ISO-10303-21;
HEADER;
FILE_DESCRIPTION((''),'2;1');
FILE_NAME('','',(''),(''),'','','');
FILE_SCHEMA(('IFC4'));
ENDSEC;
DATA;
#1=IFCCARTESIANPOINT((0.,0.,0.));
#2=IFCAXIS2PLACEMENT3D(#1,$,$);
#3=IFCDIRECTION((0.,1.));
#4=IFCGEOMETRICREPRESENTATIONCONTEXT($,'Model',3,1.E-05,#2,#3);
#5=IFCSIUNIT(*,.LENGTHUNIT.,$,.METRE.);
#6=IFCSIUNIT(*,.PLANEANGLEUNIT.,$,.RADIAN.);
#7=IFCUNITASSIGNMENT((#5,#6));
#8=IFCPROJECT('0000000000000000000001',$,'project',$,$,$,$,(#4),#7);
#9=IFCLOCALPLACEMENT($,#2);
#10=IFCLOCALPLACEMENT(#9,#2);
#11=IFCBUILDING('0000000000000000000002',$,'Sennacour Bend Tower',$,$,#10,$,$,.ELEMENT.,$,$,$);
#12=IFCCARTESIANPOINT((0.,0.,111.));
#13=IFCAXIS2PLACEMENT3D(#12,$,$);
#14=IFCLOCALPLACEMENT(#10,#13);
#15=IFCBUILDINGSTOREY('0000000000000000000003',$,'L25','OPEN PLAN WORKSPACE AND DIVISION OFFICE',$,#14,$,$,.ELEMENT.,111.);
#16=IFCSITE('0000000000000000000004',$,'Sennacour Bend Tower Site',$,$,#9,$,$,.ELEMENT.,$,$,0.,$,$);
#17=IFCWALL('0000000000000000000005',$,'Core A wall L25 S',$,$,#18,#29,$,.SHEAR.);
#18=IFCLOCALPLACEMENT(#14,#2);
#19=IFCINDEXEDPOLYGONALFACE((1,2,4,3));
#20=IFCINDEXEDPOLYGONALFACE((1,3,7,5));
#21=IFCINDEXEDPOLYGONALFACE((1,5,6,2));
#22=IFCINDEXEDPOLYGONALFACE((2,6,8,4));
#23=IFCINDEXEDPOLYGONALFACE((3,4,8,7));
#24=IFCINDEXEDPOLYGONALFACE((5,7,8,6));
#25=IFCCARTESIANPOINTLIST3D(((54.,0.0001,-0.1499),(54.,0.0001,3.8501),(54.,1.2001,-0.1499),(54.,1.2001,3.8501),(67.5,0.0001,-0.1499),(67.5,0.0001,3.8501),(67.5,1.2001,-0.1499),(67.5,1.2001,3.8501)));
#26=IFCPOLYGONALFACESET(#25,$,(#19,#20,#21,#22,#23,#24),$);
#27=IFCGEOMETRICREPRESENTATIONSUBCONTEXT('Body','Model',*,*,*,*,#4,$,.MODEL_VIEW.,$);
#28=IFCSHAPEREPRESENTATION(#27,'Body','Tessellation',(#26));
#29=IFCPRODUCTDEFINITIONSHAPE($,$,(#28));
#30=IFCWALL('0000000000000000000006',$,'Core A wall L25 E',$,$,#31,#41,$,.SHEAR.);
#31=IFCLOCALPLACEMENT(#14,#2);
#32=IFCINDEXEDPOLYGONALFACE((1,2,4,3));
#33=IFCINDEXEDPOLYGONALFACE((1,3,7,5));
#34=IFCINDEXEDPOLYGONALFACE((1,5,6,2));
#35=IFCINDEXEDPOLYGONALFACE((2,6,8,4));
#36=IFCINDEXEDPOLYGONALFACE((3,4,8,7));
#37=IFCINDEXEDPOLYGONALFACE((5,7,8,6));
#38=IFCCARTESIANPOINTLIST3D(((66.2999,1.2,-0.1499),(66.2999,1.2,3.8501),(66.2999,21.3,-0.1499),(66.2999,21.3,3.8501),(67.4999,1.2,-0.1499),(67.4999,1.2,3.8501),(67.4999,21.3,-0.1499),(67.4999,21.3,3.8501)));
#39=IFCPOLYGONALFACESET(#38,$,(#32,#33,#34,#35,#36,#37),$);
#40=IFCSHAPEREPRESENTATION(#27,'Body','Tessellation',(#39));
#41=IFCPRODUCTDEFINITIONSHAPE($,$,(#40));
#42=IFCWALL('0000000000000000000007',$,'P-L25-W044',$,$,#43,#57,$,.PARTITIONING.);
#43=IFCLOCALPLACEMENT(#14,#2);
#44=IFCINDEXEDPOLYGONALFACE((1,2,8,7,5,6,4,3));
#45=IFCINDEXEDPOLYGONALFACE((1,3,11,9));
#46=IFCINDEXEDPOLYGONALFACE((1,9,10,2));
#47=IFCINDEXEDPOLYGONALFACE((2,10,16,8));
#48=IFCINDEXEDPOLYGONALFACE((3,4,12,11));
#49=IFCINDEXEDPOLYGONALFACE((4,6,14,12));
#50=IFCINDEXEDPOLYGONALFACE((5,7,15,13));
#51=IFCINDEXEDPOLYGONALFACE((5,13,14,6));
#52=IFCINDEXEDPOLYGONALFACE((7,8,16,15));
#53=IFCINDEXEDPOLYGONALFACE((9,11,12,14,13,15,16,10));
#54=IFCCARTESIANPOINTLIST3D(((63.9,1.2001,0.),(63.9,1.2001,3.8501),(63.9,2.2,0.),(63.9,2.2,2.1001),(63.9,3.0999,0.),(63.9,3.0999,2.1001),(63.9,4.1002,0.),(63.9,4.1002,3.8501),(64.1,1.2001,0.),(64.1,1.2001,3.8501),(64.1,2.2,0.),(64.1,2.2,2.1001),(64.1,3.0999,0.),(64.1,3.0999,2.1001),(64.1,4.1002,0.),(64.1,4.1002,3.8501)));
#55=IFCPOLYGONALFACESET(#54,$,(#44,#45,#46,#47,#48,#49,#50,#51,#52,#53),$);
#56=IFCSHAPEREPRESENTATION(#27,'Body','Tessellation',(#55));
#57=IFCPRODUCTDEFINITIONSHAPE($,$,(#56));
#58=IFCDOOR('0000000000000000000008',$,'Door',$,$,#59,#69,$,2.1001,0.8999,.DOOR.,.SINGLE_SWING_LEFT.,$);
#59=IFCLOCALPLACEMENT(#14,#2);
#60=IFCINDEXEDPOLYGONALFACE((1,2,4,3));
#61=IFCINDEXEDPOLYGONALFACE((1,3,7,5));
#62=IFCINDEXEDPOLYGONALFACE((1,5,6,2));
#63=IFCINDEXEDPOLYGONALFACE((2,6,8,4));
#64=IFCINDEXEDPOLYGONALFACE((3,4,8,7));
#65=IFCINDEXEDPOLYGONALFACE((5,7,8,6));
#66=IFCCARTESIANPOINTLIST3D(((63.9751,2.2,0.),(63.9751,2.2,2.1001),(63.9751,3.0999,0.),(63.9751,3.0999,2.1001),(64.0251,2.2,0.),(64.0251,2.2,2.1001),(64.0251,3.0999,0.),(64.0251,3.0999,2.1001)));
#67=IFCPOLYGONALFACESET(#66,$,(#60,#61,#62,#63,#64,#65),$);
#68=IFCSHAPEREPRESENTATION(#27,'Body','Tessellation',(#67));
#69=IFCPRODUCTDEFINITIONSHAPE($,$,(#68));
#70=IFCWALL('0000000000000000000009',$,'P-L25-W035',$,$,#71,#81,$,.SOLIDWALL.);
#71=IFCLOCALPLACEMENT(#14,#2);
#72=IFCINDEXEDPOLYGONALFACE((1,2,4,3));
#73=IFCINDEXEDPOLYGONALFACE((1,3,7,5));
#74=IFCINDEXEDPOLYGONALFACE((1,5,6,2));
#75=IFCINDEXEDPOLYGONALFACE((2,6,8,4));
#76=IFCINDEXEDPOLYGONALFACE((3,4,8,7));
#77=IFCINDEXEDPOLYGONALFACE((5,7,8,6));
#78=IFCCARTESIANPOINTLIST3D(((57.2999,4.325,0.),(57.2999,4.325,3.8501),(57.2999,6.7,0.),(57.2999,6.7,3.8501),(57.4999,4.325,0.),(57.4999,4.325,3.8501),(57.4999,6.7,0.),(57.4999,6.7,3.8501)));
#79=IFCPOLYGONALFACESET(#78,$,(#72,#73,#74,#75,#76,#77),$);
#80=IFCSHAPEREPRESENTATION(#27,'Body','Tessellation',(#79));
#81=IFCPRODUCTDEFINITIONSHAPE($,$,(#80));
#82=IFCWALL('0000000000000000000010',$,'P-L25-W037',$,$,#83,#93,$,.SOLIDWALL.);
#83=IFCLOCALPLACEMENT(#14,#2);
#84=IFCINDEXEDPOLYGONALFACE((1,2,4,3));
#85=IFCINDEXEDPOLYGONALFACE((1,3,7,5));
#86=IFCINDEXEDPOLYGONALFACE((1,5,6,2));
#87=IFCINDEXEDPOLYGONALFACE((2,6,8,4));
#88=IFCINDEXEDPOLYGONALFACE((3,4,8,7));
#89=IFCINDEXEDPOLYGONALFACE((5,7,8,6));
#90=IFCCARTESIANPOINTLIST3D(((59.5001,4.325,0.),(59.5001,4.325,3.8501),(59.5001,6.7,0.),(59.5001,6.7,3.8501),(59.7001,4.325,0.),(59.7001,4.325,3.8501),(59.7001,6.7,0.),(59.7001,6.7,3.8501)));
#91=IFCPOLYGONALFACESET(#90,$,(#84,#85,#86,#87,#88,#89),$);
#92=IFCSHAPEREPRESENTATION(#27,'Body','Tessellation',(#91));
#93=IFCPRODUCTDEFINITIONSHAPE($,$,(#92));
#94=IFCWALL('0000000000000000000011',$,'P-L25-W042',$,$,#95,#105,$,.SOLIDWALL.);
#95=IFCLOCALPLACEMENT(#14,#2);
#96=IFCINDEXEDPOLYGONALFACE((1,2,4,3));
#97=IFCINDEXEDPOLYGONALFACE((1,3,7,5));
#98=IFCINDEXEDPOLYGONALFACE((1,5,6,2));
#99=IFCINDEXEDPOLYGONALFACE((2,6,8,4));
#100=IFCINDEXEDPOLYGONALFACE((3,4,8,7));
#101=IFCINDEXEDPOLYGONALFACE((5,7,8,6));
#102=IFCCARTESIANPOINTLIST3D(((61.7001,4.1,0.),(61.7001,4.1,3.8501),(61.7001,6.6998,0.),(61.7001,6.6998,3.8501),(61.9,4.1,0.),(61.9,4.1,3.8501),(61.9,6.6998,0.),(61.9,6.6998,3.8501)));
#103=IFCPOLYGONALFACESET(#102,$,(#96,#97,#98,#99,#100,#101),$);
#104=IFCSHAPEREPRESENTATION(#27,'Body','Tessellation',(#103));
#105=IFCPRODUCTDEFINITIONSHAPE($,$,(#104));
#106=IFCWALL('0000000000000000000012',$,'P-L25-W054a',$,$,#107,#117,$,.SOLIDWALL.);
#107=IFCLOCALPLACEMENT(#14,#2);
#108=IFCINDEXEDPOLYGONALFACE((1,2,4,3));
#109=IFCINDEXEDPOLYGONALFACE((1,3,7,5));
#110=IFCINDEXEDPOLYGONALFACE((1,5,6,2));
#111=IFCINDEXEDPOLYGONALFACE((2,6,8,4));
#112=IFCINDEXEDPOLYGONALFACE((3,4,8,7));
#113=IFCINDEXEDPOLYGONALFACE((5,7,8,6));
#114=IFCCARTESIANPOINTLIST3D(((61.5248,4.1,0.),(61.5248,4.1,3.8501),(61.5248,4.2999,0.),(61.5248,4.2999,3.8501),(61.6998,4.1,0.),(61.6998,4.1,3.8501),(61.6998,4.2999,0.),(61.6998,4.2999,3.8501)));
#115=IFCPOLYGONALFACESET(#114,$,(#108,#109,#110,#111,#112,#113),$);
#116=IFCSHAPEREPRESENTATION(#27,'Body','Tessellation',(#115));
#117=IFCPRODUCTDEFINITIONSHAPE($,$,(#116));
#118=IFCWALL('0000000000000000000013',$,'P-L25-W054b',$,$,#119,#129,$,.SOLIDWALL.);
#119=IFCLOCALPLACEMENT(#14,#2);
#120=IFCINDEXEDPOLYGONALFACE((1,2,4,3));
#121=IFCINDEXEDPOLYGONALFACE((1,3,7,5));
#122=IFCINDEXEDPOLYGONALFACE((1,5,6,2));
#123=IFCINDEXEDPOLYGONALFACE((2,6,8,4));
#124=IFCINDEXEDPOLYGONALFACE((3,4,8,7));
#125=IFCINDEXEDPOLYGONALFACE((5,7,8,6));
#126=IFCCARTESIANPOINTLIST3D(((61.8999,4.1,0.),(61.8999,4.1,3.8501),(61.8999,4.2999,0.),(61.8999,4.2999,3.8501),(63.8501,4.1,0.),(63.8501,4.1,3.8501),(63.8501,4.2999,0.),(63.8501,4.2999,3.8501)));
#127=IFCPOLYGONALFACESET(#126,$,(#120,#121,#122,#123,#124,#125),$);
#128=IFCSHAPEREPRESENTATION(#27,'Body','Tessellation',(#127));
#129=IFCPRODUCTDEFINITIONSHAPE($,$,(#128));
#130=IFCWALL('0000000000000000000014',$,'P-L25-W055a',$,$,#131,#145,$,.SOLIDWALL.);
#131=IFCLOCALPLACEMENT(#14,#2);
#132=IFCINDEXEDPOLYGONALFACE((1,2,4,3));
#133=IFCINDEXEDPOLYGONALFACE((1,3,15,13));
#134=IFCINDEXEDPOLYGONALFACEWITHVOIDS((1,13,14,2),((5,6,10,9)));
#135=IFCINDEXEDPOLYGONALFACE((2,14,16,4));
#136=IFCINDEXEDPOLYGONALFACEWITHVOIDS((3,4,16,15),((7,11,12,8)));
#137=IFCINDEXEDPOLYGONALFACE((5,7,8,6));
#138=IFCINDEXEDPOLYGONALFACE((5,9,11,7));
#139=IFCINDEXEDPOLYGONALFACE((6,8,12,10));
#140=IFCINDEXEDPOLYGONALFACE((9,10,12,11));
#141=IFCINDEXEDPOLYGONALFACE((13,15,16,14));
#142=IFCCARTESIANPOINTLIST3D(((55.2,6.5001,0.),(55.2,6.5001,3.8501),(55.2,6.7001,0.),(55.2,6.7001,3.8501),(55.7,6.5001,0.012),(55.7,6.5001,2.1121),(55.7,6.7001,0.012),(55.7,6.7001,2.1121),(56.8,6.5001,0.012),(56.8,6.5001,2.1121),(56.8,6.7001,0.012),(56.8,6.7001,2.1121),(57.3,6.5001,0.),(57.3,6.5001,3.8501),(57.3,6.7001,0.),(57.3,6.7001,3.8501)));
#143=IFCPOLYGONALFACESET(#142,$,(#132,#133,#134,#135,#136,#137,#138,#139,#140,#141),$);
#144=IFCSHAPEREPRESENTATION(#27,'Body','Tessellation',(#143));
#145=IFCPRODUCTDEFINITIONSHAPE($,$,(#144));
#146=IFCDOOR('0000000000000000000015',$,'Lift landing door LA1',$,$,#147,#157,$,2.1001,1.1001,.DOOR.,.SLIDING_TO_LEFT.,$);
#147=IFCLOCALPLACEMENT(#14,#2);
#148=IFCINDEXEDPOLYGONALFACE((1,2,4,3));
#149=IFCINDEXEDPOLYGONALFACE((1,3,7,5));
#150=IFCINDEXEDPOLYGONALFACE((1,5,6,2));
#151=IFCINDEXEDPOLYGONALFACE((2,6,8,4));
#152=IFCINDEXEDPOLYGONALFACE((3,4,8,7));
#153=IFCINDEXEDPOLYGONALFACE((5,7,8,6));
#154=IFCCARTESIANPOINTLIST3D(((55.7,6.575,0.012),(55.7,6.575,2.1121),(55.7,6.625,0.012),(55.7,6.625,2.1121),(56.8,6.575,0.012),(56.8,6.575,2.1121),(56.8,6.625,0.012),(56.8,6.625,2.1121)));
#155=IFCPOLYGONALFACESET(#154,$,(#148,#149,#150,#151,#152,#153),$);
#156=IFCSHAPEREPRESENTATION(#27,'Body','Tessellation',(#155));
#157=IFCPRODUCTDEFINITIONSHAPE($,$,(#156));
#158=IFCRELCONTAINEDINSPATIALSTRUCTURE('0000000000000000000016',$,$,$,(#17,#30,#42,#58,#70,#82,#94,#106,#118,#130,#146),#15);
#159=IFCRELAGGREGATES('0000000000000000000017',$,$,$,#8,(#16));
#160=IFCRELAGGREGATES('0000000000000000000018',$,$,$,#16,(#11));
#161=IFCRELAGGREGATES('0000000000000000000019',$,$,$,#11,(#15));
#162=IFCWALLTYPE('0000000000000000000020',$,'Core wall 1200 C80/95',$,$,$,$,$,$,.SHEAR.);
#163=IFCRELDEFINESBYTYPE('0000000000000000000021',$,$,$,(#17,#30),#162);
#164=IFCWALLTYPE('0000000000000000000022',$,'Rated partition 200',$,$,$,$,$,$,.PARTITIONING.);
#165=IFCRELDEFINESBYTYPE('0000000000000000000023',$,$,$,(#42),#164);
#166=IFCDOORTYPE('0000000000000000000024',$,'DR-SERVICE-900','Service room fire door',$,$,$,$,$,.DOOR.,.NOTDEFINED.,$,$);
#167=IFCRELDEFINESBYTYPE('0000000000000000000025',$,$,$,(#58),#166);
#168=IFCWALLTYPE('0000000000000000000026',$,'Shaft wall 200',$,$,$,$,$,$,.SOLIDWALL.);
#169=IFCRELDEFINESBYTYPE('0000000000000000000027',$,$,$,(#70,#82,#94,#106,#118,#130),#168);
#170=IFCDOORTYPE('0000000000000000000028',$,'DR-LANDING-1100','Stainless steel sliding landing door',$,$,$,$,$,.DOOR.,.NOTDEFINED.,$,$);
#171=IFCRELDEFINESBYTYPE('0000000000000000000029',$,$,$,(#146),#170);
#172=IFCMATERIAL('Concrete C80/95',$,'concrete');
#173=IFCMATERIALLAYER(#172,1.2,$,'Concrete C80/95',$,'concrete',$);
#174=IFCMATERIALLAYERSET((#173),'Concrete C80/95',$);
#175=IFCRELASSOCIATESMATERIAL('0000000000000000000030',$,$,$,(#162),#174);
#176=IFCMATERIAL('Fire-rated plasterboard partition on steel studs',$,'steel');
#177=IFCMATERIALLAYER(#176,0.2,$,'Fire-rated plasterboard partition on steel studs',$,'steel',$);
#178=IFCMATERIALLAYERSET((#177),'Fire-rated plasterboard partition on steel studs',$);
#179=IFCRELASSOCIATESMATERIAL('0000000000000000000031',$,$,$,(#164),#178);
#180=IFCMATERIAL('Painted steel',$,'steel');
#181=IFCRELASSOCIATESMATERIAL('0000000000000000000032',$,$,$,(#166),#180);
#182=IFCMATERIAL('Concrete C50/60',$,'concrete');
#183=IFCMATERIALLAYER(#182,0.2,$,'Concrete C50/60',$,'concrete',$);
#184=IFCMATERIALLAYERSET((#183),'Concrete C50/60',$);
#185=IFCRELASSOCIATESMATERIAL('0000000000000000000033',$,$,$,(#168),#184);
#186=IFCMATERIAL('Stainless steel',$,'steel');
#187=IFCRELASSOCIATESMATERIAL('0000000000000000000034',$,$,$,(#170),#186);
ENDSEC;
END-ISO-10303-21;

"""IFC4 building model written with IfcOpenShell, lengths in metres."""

from ifc_helpers import new_model, si_unit, direction, frame, frame_2d, origin, place, context, subcontext, project, spatial, rectangle, extrude, material, layer, layer_set, type_object, element, fill, save


model = new_model("IFC4")

# Units and contexts
model_context = context("Model", 3, precision=1e-05, world=origin(), true_north=direction((0.0, 1.0)))
body_context = subcontext(model_context, "Body", "Model", "MODEL_VIEW")
ifc_project = project(units=[si_unit("LENGTHUNIT", "METRE"), si_unit("PLANEANGLEUNIT", "RADIAN")], contexts=[model_context])

# Site, building, storey
site_placement = place(None, origin())
site = spatial("IfcSite", under=ifc_project, at=site_placement, Name="Sennacour Bend Tower Site", CompositionType="ELEMENT", RefElevation=0.0)
building_placement = place(site_placement, origin())
building = spatial("IfcBuilding", under=site, at=building_placement, Name="Sennacour Bend Tower", CompositionType="ELEMENT")
storey_placement = place(building_placement, frame((0.0, 0.0, 111.0)))
storey = spatial("IfcBuildingStorey", under=building, at=storey_placement, Name="L25", Description="OPEN PLAN WORKSPACE AND DIVISION OFFICE", CompositionType="ELEMENT", Elevation=111.0)

# Walls
ifc_material_1 = material(Name="Concrete C80/95", Category="concrete")
ifc_layer_1 = layer(ifc_material_1, 1.2, Name="Concrete C80/95", Category="concrete")
ifc_layer_set_1 = layer_set([ifc_layer_1], Name="Concrete C80/95")
wall_type_1 = type_object("IfcWallType", Name="Core wall 1200 C80/95", PredefinedType="SHEAR", material=ifc_layer_set_1)
wall_1_placement = place(storey_placement, frame((67.5, 0.6001, -0.1499), z_axis=(0.0, 0.0, 1.0), x_axis=(-1.0, 0.0, 0.0)))
element("IfcWall", 1, at=wall_1_placement, inside=storey, type_object=wall_type_1, Name="Core A wall L25 S", PredefinedType="SHEAR", context=body_context, shape_type="SweptSolid", body=[
    extrude(rectangle(XDim=13.5, YDim=1.2, at=frame_2d((6.75, 0.0))), origin(), (0.0, 0.0, 1.0), 4.0),
])
wall_2_placement = place(storey_placement, frame((66.8999, 1.2, -0.1499), z_axis=(0.0, 0.0, 1.0), x_axis=(0.0, 1.0, 0.0)))
element("IfcWall", 2, at=wall_2_placement, inside=storey, type_object=wall_type_1, Name="Core A wall L25 E", PredefinedType="SHEAR", context=body_context, shape_type="SweptSolid", body=[
    extrude(rectangle(XDim=20.1001, YDim=1.2, at=frame_2d((10.05, 0.0))), origin(), (0.0, 0.0, 1.0), 4.0),
])

# Wall, opening, door
ifc_material_2 = material(Name="Fire-rated plasterboard partition on steel studs", Category="steel")
ifc_layer_2 = layer(ifc_material_2, 0.2, Name="Fire-rated plasterboard partition on steel studs", Category="steel")
ifc_layer_set_2 = layer_set([ifc_layer_2], Name="Fire-rated plasterboard partition on steel studs")
wall_type_2 = type_object("IfcWallType", Name="Rated partition 200", PredefinedType="PARTITIONING", material=ifc_layer_set_2)
wall_3_placement = place(storey_placement, frame((64.0, 1.2, 0.0), z_axis=(0.0, 0.0, 1.0), x_axis=(0.0, 1.0, 0.0)))
wall_3 = element("IfcWall", 3, at=wall_3_placement, inside=storey, type_object=wall_type_2, Name="P-L25-W044", PredefinedType="PARTITIONING", context=body_context, shape_type="SweptSolid", body=[
    extrude(rectangle(XDim=2.9001, YDim=0.2, at=frame_2d((1.4502, 0.0))), origin(), (0.0, 0.0, 1.0), 3.8501),
])
opening_1_placement = place(wall_3_placement, frame((1.0, 0.0, 0.0)))
opening_1 = element("IfcOpeningElement", 4, at=opening_1_placement, cuts=wall_3, PredefinedType="OPENING", context=body_context, shape_type="SweptSolid", body=[
    extrude(rectangle(XDim=0.8999, YDim=2.1001, at=frame_2d((0.45, 1.05))), frame((0.0, 0.1099, 0.0), z_axis=(0.0, -1.0, 0.0), x_axis=(1.0, 0.0, 0.0)), (0.0, 0.0, 1.0), 0.22),
])
ifc_material_3 = material(Name="Painted steel", Category="steel")
door_type_1 = type_object("IfcDoorType", Name="DR-SERVICE-900", Description="Service room fire door", OperationType="NOTDEFINED", PredefinedType="DOOR", material=ifc_material_3)
door_1_placement = place(opening_1_placement, origin())
door_1 = element("IfcDoor", 5, at=door_1_placement, inside=storey, type_object=door_type_1, Name="Door", OperationType="SINGLE_SWING_LEFT", OverallHeight=2.1001, OverallWidth=0.8999, PredefinedType="DOOR", context=body_context, shape_type="SweptSolid", body=[
    extrude(rectangle(XDim=0.8999, YDim=2.1001, at=frame_2d((0.45, 1.05))), frame((0.0, 0.0249, 0.0), z_axis=(0.0, -1.0, 0.0), x_axis=(1.0, 0.0, 0.0)), (0.0, 0.0, 1.0), 0.05),
])
fill(opening_1, door_1)

# Walls
ifc_material_4 = material(Name="Concrete C50/60", Category="concrete")
ifc_layer_3 = layer(ifc_material_4, 0.2, Name="Concrete C50/60", Category="concrete")
ifc_layer_set_3 = layer_set([ifc_layer_3], Name="Concrete C50/60")
wall_type_3 = type_object("IfcWallType", Name="Shaft wall 200", PredefinedType="SOLIDWALL", material=ifc_layer_set_3)
for number, where, z_axis, x_axis, name in (
    (6, (57.3999, 4.325, 0.0), (0.0, 0.0, 1.0), (0.0, 1.0, 0.0), "P-L25-W035"),
    (7, (59.6001, 4.325, 0.0), (0.0, 0.0, 1.0), (0.0, 1.0, 0.0), "P-L25-W037"),
):
    element("IfcWall", number, at=place(storey_placement, frame(where, z_axis=z_axis, x_axis=x_axis)), inside=storey, type_object=wall_type_3, Name=name, PredefinedType="SOLIDWALL", context=body_context, shape_type="SweptSolid", body=[
        extrude(rectangle(XDim=2.375, YDim=0.2, at=frame_2d((1.1875, 0.0))), origin(), (0.0, 0.0, 1.0), 3.8501),
    ])
wall_4_placement = place(storey_placement, frame((61.8, 4.1001, 0.0), z_axis=(0.0, 0.0, 1.0), x_axis=(0.0, 1.0, 0.0)))
element("IfcWall", 8, at=wall_4_placement, inside=storey, type_object=wall_type_3, Name="P-L25-W042", PredefinedType="SOLIDWALL", context=body_context, shape_type="SweptSolid", body=[
    extrude(rectangle(XDim=2.5999, YDim=0.2, at=frame_2d((1.2998, 0.0))), origin(), (0.0, 0.0, 1.0), 3.8501),
])
wall_5_placement = place(storey_placement, frame((61.5249, 4.2, 0.0), z_axis=(0.0, 0.0, 1.0), x_axis=(1.0, 0.0, 0.0)))
element("IfcWall", 9, at=wall_5_placement, inside=storey, type_object=wall_type_3, Name="P-L25-W054a", PredefinedType="SOLIDWALL", context=body_context, shape_type="SweptSolid", body=[
    extrude(rectangle(XDim=0.175, YDim=0.2, at=frame_2d((0.0874, 0.0))), origin(), (0.0, 0.0, 1.0), 3.8501),
])
wall_6_placement = place(storey_placement, frame((61.8999, 4.2, 0.0), z_axis=(0.0, 0.0, 1.0), x_axis=(1.0, 0.0, 0.0)))
element("IfcWall", 10, at=wall_6_placement, inside=storey, type_object=wall_type_3, Name="P-L25-W054b", PredefinedType="SOLIDWALL", context=body_context, shape_type="SweptSolid", body=[
    extrude(rectangle(XDim=1.9502, YDim=0.2, at=frame_2d((0.9751, 0.0))), origin(), (0.0, 0.0, 1.0), 3.8501),
])

# Wall, opening, door
wall_7_placement = place(storey_placement, frame((55.2, 6.6001, 0.0), z_axis=(0.0, 0.0, 1.0), x_axis=(1.0, 0.0, 0.0)))
wall_7 = element("IfcWall", 11, at=wall_7_placement, inside=storey, type_object=wall_type_3, Name="P-L25-W055a", PredefinedType="SOLIDWALL", context=body_context, shape_type="SweptSolid", body=[
    extrude(rectangle(XDim=2.1001, YDim=0.2, at=frame_2d((1.05, 0.0))), origin(), (0.0, 0.0, 1.0), 3.8501),
])
opening_2_placement = place(wall_7_placement, frame((0.5, 0.0, 0.012)))
opening_2 = element("IfcOpeningElement", 12, at=opening_2_placement, cuts=wall_7, PredefinedType="OPENING", context=body_context, shape_type="SweptSolid", body=[
    extrude(rectangle(XDim=1.1001, YDim=2.1001, at=frame_2d((0.55, 1.05))), frame((0.0, 0.1099, 0.0), z_axis=(0.0, -1.0, 0.0), x_axis=(1.0, 0.0, 0.0)), (0.0, 0.0, 1.0), 0.22),
])
ifc_material_5 = material(Name="Stainless steel", Category="steel")
door_type_2 = type_object("IfcDoorType", Name="DR-LANDING-1100", Description="Stainless steel sliding landing door", OperationType="NOTDEFINED", PredefinedType="DOOR", material=ifc_material_5)
door_2_placement = place(opening_2_placement, origin())
door_2 = element("IfcDoor", 13, at=door_2_placement, inside=storey, type_object=door_type_2, Name="Lift landing door LA1", OperationType="SLIDING_TO_LEFT", OverallHeight=2.1001, OverallWidth=1.1001, PredefinedType="DOOR", context=body_context, shape_type="SweptSolid", body=[
    extrude(rectangle(XDim=1.1001, YDim=2.1001, at=frame_2d((0.55, 1.05))), frame((0.0, 0.0249, 0.0), z_axis=(0.0, -1.0, 0.0), x_axis=(1.0, 0.0, 0.0)), (0.0, 0.0, 1.0), 0.05),
])
fill(opening_2, door_2)

save(model, "model.ifc")
